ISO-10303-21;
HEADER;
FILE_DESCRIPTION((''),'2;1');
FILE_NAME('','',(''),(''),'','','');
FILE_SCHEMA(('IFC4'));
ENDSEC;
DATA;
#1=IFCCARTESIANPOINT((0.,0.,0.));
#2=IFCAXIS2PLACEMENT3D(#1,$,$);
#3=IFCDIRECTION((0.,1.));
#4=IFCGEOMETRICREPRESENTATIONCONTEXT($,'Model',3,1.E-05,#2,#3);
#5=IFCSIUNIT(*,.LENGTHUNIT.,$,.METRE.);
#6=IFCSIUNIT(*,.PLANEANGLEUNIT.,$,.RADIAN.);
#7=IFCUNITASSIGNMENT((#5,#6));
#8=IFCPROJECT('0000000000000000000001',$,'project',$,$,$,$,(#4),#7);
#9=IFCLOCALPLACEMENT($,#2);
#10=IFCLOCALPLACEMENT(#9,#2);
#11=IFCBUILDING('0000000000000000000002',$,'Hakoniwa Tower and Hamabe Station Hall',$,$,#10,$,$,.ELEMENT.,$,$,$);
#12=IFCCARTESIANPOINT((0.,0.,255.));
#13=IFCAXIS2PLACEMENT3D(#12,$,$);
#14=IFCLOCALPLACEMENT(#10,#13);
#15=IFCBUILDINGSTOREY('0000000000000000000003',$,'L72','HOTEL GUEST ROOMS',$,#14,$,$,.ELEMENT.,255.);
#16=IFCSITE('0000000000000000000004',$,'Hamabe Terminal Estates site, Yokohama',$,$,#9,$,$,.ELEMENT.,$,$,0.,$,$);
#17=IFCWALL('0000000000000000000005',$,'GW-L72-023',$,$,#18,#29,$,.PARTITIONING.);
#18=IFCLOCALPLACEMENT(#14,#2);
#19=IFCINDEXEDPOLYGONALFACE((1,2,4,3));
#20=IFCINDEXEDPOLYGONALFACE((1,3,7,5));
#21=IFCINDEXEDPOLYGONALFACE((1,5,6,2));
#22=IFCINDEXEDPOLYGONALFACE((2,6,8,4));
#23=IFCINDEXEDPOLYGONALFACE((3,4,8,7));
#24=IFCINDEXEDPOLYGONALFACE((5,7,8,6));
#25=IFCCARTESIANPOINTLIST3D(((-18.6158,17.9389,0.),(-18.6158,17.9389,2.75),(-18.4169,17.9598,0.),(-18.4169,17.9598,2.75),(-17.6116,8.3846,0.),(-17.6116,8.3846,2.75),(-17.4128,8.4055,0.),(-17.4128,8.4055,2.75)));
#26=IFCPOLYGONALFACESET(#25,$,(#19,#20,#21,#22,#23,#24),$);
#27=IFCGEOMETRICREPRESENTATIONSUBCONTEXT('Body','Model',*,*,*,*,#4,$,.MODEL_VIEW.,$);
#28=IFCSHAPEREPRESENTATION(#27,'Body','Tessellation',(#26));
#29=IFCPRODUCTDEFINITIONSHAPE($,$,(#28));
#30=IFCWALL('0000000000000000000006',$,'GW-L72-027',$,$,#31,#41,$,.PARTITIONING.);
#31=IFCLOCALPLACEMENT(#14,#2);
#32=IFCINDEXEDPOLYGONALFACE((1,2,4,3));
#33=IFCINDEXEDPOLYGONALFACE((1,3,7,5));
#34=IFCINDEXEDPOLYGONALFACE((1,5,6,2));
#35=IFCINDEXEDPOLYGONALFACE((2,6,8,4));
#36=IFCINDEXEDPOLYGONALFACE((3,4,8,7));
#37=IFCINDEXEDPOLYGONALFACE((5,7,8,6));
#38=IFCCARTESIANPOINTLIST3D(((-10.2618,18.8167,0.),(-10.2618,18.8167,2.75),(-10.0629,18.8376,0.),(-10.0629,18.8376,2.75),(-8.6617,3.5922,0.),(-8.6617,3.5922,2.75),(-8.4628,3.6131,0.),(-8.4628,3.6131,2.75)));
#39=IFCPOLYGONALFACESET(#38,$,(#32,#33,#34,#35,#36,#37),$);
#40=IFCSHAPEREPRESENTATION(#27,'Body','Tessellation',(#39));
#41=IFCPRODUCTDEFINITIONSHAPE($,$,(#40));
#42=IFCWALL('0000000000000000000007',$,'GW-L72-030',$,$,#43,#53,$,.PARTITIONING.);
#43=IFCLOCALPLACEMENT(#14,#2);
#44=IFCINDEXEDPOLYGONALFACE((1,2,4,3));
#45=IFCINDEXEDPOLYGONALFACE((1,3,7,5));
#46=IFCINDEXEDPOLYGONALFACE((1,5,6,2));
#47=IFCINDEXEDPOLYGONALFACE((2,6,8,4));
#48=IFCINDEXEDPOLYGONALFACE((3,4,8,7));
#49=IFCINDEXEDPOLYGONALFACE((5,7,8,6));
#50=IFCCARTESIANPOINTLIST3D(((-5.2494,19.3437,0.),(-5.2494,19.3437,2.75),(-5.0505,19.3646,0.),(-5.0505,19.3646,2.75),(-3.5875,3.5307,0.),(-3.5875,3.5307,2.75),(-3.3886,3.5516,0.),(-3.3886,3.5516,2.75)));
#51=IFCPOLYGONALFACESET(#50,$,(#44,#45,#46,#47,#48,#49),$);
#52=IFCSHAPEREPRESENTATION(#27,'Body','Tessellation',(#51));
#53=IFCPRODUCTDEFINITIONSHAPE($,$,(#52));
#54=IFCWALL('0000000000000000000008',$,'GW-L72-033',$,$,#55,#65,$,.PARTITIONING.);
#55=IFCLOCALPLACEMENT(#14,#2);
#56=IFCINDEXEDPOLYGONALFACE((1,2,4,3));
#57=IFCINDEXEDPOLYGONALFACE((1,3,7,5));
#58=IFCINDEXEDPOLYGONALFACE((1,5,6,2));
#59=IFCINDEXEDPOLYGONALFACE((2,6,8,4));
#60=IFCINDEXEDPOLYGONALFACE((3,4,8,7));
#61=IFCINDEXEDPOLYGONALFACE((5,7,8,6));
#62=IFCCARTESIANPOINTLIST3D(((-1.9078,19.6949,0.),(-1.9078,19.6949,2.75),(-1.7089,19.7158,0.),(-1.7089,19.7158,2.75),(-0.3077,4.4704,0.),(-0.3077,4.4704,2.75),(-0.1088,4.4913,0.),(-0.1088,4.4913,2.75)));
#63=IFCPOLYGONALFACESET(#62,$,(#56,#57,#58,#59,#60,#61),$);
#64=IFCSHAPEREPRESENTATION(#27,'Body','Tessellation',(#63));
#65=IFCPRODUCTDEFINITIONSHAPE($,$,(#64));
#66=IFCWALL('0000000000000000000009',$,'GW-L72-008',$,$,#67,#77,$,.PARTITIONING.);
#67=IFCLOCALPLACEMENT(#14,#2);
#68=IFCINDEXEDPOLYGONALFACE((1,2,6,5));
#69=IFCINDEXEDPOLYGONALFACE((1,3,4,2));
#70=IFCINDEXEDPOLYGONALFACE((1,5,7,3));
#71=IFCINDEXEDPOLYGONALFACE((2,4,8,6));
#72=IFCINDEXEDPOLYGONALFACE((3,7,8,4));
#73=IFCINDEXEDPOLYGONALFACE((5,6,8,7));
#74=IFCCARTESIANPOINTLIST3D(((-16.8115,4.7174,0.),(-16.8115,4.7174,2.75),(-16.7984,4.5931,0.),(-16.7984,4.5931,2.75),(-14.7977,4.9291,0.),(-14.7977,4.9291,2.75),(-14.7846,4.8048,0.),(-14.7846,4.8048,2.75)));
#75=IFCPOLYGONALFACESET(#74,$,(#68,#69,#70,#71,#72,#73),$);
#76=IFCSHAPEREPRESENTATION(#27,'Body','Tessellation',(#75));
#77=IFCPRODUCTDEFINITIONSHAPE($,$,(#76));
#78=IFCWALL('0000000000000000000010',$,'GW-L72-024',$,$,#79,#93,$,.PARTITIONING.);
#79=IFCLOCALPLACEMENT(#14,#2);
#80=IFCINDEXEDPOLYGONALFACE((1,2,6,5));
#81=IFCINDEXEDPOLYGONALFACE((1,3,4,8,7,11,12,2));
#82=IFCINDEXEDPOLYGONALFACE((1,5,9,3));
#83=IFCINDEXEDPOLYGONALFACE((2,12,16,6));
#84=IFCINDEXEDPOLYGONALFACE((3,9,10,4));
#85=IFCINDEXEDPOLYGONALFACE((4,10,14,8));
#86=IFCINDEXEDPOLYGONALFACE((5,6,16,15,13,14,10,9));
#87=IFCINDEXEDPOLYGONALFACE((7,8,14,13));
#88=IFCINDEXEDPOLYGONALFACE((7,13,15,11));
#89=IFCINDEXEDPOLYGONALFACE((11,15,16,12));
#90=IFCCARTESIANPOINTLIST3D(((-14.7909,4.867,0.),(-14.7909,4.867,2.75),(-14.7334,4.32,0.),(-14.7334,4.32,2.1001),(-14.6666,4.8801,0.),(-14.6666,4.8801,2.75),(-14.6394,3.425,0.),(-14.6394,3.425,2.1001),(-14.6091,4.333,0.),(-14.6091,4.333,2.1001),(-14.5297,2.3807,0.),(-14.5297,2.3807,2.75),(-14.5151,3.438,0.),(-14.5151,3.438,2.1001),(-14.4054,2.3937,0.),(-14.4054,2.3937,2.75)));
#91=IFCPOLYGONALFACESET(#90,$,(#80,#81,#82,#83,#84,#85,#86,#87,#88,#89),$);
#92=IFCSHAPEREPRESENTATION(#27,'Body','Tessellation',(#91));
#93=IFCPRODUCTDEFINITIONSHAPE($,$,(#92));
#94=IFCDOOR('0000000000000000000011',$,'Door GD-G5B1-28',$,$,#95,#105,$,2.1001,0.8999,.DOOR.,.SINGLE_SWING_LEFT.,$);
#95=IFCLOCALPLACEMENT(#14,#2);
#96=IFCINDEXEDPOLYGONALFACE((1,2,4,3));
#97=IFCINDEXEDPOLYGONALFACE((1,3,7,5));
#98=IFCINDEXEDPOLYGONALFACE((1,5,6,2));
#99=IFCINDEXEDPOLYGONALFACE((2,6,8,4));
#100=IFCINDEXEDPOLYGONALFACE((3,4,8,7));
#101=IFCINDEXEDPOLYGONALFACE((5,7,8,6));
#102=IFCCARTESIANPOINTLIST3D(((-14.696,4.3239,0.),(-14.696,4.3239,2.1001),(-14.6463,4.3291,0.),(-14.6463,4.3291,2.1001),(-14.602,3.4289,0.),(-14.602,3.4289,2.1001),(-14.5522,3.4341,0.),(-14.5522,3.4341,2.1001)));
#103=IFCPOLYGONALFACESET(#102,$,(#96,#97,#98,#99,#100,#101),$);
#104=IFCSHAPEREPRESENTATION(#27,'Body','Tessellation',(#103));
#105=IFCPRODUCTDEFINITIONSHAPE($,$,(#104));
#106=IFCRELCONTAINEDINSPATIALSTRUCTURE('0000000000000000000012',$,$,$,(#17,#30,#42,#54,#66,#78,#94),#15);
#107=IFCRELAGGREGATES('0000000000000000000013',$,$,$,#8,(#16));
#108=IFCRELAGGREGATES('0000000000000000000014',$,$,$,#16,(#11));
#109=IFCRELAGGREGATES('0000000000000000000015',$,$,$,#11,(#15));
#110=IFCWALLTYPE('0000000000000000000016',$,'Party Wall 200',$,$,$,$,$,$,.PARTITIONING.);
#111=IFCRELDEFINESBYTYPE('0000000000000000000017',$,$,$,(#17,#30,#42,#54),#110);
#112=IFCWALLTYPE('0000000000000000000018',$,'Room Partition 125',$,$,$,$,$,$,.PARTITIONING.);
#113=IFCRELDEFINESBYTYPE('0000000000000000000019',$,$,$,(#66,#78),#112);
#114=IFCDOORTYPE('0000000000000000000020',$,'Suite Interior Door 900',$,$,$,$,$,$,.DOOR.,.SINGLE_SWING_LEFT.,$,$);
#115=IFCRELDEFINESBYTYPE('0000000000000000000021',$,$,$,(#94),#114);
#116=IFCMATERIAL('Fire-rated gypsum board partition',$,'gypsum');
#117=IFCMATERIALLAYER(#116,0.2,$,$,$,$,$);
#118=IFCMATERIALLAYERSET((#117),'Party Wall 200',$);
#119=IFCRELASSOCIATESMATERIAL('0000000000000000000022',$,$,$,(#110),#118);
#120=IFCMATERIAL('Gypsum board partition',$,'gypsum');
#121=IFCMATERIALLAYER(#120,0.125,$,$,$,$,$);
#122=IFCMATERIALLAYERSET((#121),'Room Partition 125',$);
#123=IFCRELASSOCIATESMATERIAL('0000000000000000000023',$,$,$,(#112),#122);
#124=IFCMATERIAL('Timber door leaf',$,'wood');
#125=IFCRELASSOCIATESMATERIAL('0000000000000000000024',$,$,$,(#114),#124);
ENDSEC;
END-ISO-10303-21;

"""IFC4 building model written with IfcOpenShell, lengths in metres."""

from ifc_helpers import new_model, si_unit, direction, frame, frame_2d, origin, place, context, subcontext, project, spatial, rectangle, extrude, material, layer, layer_set, type_object, element, fill, save


model = new_model("IFC4")

# Units and contexts
model_context = context("Model", 3, precision=1e-05, world=origin(), true_north=direction((0.0, 1.0)))
body_context = subcontext(model_context, "Body", "Model", "MODEL_VIEW")
ifc_project = project(units=[si_unit("LENGTHUNIT", "METRE"), si_unit("PLANEANGLEUNIT", "RADIAN")], contexts=[model_context])

# Site, building, storey
site_placement = place(None, origin())
site = spatial("IfcSite", under=ifc_project, at=site_placement, Name="Hamabe Terminal Estates site, Yokohama", CompositionType="ELEMENT", RefElevation=0.0)
building_placement = place(site_placement, origin())
building = spatial("IfcBuilding", under=site, at=building_placement, Name="Hakoniwa Tower and Hamabe Station Hall", CompositionType="ELEMENT")
storey_placement = place(building_placement, frame((0.0, 0.0, 255.0)))
storey = spatial("IfcBuildingStorey", under=building, at=storey_placement, Name="L72", Description="HOTEL GUEST ROOMS", CompositionType="ELEMENT", Elevation=255.0)

# Walls
ifc_material_1 = material(Name="Fire-rated gypsum board partition", Category="gypsum")
ifc_layer_1 = layer(ifc_material_1, 0.2)
ifc_layer_set_1 = layer_set([ifc_layer_1], Name="Party Wall 200")
wall_type_1 = type_object("IfcWallType", Name="Party Wall 200", PredefinedType="PARTITIONING", material=ifc_layer_set_1)
wall_1_placement = place(storey_placement, frame((-17.5122, 8.395, 0.0), z_axis=(0.0, 0.0, 1.0), x_axis=(-0.104525, 0.994522, 0.0)))
element("IfcWall", 1, at=wall_1_placement, inside=storey, type_object=wall_type_1, Name="GW-L72-023", PredefinedType="PARTITIONING", context=body_context, shape_type="SweptSolid", body=[
    extrude(rectangle(XDim=9.6069, YDim=0.2, at=frame_2d((4.8035, 0.0))), origin(), (0.0, 0.0, 1.0), 2.75),
])
wall_2_placement = place(storey_placement, frame((-8.5623, 3.6025, 0.0), z_axis=(0.0, 0.0, 1.0), x_axis=(-0.104524, 0.994522, 0.0)))
element("IfcWall", 2, at=wall_2_placement, inside=storey, type_object=wall_type_1, Name="GW-L72-027", PredefinedType="PARTITIONING", context=body_context, shape_type="SweptSolid", body=[
    extrude(rectangle(XDim=15.3083, YDim=0.2, at=frame_2d((7.6543, 0.0))), origin(), (0.0, 0.0, 1.0), 2.75),
])
wall_3_placement = place(storey_placement, frame((-3.488, 3.541, 0.0), z_axis=(0.0, 0.0, 1.0), x_axis=(-0.104519, 0.994523, 0.0)))
element("IfcWall", 3, at=wall_3_placement, inside=storey, type_object=wall_type_1, Name="GW-L72-030", PredefinedType="PARTITIONING", context=body_context, shape_type="SweptSolid", body=[
    extrude(rectangle(XDim=15.9001, YDim=0.2, at=frame_2d((7.9502, 0.0))), origin(), (0.0, 0.0, 1.0), 2.75),
])
wall_4_placement = place(storey_placement, frame((-0.2083, 4.4807, 0.0), z_axis=(0.0, 0.0, 1.0), x_axis=(-0.104524, 0.994522, 0.0)))
element("IfcWall", 4, at=wall_4_placement, inside=storey, type_object=wall_type_1, Name="GW-L72-033", PredefinedType="PARTITIONING", context=body_context, shape_type="SweptSolid", body=[
    extrude(rectangle(XDim=15.3083, YDim=0.2, at=frame_2d((7.6543, 0.0))), origin(), (0.0, 0.0, 1.0), 2.75),
])
ifc_material_2 = material(Name="Gypsum board partition", Category="gypsum")
ifc_layer_2 = layer(ifc_material_2, 0.125)
ifc_layer_set_2 = layer_set([ifc_layer_2], Name="Room Partition 125")
wall_type_2 = type_object("IfcWallType", Name="Room Partition 125", PredefinedType="PARTITIONING", material=ifc_layer_set_2)
wall_5_placement = place(storey_placement, frame((-16.8049, 4.6553, 0.0), z_axis=(0.0, 0.0, 1.0), x_axis=(0.994522, 0.104528, 0.0)))
element("IfcWall", 5, at=wall_5_placement, inside=storey, type_object=wall_type_2, Name="GW-L72-008", PredefinedType="PARTITIONING", context=body_context, shape_type="SweptSolid", body=[
    extrude(rectangle(XDim=2.0249, YDim=0.125, at=frame_2d((1.0125, 0.0))), origin(), (0.0, 0.0, 1.0), 2.75),
])

# Wall, opening, door
wall_6_placement = place(storey_placement, frame((-14.4675, 2.3872, 0.0), z_axis=(0.0, 0.0, 1.0), x_axis=(-0.104492, 0.994526, 0.0)))
wall_6 = element("IfcWall", 6, at=wall_6_placement, inside=storey, type_object=wall_type_2, Name="GW-L72-024", PredefinedType="PARTITIONING", context=body_context, shape_type="SweptSolid", body=[
    extrude(rectangle(XDim=2.5, YDim=0.125, at=frame_2d((1.25, 0.0))), origin(), (0.0, 0.0, 1.0), 2.75),
])
opening_1_placement = place(wall_6_placement, frame((1.05, 0.0, 0.0)))
opening_1 = element("IfcOpeningElement", 7, at=opening_1_placement, cuts=wall_6, PredefinedType="OPENING", context=body_context, shape_type="SweptSolid", body=[
    extrude(rectangle(XDim=0.8999, YDim=2.1001, at=frame_2d((0.45, 1.05))), frame((0.0, 0.0725, 0.0), z_axis=(0.0, -1.0, 0.0), x_axis=(1.0, 0.0, 0.0)), (0.0, 0.0, 1.0), 0.145),
])
ifc_material_3 = material(Name="Timber door leaf", Category="wood")
door_type_1 = type_object("IfcDoorType", Name="Suite Interior Door 900", OperationType="SINGLE_SWING_LEFT", PredefinedType="DOOR", material=ifc_material_3)
door_1_placement = place(opening_1_placement, origin())
door_1 = element("IfcDoor", 8, at=door_1_placement, inside=storey, type_object=door_type_1, Name="Door GD-G5B1-28", OperationType="SINGLE_SWING_LEFT", OverallHeight=2.1001, OverallWidth=0.8999, PredefinedType="DOOR", context=body_context, shape_type="SweptSolid", body=[
    extrude(rectangle(XDim=0.8999, YDim=2.1001, at=frame_2d((0.45, 1.05))), frame((0.0, 0.0249, 0.0), z_axis=(0.0, -1.0, 0.0), x_axis=(1.0, 0.0, 0.0)), (0.0, 0.0, 1.0), 0.05),
])
fill(opening_1, door_1)

save(model, "model.ifc")
